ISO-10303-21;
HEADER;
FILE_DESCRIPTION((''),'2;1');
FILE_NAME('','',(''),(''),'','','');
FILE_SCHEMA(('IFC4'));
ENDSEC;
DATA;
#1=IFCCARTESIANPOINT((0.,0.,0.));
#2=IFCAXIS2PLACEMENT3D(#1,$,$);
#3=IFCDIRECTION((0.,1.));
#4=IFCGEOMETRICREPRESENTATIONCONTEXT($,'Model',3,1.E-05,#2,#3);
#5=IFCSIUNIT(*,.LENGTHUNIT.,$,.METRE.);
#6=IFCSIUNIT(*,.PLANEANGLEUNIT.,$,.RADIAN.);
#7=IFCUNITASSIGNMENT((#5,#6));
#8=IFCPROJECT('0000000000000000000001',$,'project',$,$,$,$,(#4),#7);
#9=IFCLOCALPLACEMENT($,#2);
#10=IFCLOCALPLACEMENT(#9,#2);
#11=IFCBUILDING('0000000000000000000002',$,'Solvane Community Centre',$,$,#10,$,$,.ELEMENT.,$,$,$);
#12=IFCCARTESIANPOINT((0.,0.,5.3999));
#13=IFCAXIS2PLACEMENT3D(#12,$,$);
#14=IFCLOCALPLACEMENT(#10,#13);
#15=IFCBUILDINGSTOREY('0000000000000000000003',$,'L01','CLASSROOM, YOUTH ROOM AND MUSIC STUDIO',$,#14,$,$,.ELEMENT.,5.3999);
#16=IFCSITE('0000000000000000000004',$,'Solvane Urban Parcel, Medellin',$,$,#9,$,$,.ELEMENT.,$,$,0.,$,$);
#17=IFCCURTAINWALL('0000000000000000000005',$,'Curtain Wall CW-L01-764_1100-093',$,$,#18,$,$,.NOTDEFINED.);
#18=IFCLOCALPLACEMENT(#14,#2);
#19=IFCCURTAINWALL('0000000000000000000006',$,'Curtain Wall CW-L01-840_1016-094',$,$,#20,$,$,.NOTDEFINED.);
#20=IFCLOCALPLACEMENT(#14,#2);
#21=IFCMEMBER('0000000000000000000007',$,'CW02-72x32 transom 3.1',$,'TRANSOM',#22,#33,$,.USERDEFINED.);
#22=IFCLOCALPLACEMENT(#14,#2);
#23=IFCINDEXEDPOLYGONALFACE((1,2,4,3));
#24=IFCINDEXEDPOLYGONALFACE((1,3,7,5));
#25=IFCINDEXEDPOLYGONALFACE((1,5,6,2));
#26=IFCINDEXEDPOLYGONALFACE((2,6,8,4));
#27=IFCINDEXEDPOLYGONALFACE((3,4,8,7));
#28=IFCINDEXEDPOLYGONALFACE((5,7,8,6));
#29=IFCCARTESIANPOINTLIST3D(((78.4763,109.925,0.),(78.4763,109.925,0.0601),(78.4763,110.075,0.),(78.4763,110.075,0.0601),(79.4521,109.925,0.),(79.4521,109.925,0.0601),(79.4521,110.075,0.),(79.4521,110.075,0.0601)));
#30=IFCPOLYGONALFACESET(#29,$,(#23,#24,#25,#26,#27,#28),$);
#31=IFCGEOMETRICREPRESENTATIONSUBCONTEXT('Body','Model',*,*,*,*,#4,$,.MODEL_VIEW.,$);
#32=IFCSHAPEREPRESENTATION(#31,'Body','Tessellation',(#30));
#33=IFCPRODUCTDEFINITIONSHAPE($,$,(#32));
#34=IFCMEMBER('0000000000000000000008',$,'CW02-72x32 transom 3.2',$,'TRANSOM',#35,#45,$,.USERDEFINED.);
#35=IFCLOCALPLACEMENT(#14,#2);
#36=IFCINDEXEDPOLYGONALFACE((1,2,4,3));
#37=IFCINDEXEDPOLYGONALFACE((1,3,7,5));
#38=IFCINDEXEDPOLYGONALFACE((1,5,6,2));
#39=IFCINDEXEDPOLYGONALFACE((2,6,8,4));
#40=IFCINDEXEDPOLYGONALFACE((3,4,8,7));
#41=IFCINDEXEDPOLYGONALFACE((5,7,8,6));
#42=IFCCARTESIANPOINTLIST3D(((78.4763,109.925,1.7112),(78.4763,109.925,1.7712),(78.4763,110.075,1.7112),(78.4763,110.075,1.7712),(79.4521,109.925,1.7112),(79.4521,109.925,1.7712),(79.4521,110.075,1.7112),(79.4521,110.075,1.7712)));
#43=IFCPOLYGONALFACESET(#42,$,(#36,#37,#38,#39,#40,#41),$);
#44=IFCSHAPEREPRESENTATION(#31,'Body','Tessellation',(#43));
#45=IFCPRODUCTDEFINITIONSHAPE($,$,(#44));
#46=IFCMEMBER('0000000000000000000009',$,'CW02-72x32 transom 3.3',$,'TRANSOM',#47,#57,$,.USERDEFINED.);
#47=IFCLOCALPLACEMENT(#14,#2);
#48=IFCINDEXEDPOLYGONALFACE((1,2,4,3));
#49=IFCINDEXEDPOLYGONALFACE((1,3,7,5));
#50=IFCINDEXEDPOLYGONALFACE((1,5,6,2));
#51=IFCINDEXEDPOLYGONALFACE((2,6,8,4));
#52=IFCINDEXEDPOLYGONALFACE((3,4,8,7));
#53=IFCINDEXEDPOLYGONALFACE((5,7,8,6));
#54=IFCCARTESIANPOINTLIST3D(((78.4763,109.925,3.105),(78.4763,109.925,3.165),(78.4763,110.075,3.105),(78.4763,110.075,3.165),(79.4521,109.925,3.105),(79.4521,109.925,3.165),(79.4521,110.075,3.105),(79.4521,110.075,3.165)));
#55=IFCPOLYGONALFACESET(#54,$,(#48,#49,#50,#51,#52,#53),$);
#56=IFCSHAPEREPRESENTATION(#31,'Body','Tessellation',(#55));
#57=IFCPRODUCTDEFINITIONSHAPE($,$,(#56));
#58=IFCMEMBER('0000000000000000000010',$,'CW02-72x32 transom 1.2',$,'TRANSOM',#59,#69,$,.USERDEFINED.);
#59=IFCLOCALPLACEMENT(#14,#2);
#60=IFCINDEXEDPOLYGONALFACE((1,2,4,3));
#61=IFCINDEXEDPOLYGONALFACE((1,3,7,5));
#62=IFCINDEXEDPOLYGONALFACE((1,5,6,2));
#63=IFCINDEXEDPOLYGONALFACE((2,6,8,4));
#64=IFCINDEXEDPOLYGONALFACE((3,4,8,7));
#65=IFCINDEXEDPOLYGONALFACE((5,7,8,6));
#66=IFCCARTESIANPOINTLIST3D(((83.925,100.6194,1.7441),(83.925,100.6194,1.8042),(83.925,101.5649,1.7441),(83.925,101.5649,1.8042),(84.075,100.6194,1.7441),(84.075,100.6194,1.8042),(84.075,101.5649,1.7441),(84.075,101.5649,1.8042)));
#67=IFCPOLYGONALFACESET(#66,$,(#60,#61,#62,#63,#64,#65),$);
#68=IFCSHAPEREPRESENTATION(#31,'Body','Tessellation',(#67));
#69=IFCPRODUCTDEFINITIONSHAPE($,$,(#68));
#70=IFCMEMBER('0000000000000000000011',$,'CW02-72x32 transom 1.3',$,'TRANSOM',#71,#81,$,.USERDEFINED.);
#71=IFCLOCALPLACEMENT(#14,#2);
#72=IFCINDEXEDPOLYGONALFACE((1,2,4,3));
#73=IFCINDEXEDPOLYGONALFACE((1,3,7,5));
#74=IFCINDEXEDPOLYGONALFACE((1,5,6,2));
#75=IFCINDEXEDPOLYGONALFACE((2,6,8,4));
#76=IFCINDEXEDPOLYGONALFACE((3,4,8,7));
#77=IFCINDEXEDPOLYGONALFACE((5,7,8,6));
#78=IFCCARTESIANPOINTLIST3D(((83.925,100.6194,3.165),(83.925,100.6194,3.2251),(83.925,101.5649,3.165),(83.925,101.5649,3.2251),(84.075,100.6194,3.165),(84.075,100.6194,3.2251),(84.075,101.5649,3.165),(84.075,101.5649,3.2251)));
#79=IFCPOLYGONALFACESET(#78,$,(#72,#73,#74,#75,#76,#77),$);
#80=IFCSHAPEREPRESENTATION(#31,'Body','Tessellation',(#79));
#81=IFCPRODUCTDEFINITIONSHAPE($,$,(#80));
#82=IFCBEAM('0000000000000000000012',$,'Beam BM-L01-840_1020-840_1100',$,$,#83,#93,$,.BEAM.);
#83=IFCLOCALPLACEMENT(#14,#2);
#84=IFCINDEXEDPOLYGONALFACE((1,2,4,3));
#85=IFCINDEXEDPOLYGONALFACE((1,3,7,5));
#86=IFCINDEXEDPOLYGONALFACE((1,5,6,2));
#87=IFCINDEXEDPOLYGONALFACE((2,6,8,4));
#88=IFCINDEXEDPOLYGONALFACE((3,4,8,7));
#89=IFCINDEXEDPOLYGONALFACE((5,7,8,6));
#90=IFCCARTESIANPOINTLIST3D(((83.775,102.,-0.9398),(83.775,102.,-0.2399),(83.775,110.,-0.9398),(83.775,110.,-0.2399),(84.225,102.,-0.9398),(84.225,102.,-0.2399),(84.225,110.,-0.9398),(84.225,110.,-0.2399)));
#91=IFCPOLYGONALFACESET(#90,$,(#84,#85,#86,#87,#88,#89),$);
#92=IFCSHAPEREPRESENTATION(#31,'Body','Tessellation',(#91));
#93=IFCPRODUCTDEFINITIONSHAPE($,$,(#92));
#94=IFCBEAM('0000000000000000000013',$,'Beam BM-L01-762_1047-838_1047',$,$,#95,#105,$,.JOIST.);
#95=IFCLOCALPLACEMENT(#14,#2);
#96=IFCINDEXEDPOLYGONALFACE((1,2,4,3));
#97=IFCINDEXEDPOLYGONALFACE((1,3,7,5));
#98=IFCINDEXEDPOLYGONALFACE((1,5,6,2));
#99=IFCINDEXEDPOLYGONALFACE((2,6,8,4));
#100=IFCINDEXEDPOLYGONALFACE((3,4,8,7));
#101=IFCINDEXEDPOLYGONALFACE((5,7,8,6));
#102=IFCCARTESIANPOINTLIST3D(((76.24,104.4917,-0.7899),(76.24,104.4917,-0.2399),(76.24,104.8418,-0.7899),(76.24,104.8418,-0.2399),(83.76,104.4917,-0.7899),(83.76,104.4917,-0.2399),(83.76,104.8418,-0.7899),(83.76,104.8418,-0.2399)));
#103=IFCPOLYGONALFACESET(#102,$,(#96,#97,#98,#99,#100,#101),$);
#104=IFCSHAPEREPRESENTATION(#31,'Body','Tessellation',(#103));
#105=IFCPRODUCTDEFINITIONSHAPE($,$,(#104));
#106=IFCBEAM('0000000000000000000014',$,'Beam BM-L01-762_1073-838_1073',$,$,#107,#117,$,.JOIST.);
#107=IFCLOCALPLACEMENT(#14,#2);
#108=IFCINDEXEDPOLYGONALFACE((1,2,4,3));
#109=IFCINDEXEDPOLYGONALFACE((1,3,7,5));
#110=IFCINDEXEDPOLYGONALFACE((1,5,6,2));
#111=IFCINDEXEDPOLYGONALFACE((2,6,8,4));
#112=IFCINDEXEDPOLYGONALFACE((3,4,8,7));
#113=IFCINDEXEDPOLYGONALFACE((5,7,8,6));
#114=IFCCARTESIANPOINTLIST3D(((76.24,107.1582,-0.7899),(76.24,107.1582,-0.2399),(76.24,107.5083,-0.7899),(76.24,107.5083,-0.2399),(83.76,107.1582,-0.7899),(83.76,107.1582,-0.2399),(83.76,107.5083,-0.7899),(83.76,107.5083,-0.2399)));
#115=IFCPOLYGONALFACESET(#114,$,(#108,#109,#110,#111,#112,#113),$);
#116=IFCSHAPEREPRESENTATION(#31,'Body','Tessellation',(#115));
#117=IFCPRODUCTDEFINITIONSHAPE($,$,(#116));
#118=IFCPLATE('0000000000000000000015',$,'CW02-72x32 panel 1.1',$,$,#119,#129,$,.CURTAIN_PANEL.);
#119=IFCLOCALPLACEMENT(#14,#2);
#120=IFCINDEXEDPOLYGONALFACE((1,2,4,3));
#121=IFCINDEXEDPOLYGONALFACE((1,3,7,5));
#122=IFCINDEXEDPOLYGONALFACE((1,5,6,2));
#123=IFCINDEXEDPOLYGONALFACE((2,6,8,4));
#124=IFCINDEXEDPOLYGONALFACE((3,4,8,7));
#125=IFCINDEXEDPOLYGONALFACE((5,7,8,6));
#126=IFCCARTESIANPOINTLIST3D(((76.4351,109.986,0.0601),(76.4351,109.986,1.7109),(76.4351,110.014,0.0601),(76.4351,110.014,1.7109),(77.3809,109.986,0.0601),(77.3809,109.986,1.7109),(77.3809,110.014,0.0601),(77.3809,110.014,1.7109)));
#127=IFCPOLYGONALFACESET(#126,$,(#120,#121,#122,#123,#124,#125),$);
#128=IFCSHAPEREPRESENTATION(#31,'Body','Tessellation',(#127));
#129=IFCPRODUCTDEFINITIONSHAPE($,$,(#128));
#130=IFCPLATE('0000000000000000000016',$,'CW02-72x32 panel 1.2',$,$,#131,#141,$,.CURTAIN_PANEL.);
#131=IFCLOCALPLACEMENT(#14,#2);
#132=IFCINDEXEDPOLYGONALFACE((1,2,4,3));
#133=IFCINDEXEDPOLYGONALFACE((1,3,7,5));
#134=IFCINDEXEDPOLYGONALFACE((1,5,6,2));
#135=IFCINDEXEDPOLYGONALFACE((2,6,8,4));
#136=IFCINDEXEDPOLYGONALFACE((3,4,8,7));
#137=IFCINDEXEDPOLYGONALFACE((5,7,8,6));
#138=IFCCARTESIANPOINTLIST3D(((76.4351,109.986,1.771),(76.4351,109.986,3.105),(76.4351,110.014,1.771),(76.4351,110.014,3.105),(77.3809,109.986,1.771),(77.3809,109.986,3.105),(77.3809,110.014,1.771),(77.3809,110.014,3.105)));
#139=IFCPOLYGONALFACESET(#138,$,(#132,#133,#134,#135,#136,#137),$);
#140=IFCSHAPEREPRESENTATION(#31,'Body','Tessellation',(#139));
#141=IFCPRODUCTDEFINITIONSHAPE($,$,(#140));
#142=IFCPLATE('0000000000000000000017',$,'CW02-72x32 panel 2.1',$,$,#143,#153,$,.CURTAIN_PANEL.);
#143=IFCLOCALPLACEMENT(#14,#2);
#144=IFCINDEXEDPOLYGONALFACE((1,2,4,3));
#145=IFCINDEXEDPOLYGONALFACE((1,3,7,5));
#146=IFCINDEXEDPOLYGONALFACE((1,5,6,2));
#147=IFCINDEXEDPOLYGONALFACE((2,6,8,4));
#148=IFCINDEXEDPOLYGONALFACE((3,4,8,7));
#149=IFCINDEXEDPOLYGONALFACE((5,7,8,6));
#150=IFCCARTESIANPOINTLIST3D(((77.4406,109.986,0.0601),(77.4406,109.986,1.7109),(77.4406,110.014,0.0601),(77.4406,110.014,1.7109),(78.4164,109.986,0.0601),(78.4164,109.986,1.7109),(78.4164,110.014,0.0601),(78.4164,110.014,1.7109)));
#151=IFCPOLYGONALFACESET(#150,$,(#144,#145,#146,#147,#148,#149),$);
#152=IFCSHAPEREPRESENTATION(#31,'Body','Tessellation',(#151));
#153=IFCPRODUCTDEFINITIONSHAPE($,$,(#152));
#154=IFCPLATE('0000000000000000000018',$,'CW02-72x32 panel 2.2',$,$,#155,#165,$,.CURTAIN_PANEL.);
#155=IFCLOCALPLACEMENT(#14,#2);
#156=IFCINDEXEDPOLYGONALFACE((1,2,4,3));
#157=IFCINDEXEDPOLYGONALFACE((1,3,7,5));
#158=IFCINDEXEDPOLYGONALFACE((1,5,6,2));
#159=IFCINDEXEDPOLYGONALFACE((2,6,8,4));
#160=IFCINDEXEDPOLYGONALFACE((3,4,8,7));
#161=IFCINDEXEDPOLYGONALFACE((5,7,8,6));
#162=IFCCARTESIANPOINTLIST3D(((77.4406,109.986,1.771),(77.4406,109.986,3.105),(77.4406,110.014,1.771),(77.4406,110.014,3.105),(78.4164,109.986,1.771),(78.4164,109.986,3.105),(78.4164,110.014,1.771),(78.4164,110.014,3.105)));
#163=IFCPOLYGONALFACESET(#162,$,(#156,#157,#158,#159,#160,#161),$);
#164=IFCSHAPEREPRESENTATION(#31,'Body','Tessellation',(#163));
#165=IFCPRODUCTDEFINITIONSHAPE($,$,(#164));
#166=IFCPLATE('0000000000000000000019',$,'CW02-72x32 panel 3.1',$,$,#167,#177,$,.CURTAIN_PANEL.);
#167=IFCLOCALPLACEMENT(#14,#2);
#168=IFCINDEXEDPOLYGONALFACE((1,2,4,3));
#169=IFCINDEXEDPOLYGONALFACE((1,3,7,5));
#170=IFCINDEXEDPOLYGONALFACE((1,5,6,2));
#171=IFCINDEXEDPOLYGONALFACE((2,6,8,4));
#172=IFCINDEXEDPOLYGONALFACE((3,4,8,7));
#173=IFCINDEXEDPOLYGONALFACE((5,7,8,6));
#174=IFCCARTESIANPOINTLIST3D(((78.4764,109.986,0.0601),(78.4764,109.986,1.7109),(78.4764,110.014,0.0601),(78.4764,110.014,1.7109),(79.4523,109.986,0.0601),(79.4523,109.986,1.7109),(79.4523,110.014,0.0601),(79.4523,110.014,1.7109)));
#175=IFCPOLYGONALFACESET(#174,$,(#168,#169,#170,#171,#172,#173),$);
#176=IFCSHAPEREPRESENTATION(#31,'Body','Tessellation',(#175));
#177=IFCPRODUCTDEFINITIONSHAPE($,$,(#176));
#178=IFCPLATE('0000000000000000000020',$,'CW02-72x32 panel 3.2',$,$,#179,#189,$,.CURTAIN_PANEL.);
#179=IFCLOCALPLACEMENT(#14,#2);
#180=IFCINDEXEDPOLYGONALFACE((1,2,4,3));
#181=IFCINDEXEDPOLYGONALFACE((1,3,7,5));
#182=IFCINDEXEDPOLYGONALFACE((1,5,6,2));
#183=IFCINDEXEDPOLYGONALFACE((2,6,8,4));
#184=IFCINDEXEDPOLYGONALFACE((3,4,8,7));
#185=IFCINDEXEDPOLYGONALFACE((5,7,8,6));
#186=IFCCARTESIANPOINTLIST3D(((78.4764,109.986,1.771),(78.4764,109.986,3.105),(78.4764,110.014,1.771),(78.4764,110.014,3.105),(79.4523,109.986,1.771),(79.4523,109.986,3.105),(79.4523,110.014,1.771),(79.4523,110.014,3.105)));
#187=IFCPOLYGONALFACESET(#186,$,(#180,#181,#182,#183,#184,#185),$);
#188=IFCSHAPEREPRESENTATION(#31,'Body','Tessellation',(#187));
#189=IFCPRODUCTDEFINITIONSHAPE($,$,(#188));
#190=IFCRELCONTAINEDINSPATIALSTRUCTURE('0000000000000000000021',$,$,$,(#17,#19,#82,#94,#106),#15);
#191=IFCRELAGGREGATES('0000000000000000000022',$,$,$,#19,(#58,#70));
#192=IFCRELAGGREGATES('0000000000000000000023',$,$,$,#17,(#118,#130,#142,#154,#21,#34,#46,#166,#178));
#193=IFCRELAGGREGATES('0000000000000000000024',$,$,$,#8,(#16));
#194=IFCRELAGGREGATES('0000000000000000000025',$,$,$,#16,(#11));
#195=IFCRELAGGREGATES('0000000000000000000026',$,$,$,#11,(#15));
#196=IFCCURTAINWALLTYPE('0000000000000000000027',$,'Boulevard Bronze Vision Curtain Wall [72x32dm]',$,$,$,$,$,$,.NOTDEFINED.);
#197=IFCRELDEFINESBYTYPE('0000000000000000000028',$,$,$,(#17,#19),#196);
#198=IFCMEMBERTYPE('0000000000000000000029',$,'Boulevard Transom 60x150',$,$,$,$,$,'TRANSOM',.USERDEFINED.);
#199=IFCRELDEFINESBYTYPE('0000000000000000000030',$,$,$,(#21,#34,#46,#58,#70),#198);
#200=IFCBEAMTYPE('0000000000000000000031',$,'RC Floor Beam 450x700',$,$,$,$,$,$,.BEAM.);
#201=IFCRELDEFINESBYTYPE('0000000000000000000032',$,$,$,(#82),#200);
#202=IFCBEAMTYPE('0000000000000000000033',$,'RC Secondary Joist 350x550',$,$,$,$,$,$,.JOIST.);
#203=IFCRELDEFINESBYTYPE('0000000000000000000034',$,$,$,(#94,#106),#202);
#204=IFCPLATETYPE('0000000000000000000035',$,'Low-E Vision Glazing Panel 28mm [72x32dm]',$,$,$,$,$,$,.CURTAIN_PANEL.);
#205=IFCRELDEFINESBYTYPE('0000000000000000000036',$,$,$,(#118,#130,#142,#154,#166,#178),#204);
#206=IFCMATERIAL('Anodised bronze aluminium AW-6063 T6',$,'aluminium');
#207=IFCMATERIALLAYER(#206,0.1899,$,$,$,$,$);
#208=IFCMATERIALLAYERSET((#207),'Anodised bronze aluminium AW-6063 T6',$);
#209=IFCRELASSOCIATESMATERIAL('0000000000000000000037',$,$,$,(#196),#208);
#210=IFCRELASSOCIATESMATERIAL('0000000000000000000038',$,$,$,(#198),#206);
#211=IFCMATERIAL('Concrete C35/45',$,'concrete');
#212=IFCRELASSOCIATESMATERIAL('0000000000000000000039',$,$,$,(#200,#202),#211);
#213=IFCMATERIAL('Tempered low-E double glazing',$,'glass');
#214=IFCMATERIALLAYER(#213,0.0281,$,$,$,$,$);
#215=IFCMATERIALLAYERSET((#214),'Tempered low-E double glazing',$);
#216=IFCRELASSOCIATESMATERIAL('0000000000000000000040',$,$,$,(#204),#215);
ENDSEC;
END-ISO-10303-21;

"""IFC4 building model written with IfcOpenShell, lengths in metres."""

from ifc_helpers import new_model, si_unit, direction, frame, origin, origin_2d, place, context, subcontext, project, spatial, rectangle, extrude, material, layer, layer_set, material_profile, profile_set, type_object, element, aggregate, save


model = new_model("IFC4")

# Units and contexts
model_context = context("Model", 3, precision=1e-05, world=origin(), true_north=direction((0.0, 1.0)))
body_context = subcontext(model_context, "Body", "Model", "MODEL_VIEW")
ifc_project = project(units=[si_unit("LENGTHUNIT", "METRE"), si_unit("PLANEANGLEUNIT", "RADIAN")], contexts=[model_context])

# Site, building, storey
site_placement = place(None, origin())
site = spatial("IfcSite", under=ifc_project, at=site_placement, Name="Solvane Urban Parcel, Medellin", CompositionType="ELEMENT", RefElevation=0.0)
building_placement = place(site_placement, origin())
building = spatial("IfcBuilding", under=site, at=building_placement, Name="Solvane Community Centre", CompositionType="ELEMENT")
storey_placement = place(building_placement, frame((0.0, 0.0, 5.3999)))
storey = spatial("IfcBuildingStorey", under=building, at=storey_placement, Name="L01", Description="CLASSROOM, YOUTH ROOM AND MUSIC STUDIO", CompositionType="ELEMENT", Elevation=5.3999)

# Shared definitions
ifc_material_1 = material(Name="Concrete C35/45", Category="concrete")

# Curtain wall
ifc_material_2 = material(Name="Anodised bronze aluminium AW-6063 T6", Category="aluminium")
ifc_layer_1 = layer(ifc_material_2, 0.1899)
ifc_layer_set_1 = layer_set([ifc_layer_1], Name="Anodised bronze aluminium AW-6063 T6")
curtain_wall_type = type_object("IfcCurtainWallType", Name="Boulevard Bronze Vision Curtain Wall [72x32dm]", PredefinedType="NOTDEFINED", material=ifc_layer_set_1)
curtain_wall_1_placement = place(storey_placement, origin())
curtain_wall_1 = element("IfcCurtainWall", 1, at=curtain_wall_1_placement, inside=storey, type_object=curtain_wall_type, Name="Curtain Wall CW-L01-764_1100-093", PredefinedType="NOTDEFINED")

# Curtain wall
curtain_wall_2_placement = place(storey_placement, origin())
curtain_wall_2 = element("IfcCurtainWall", 2, at=curtain_wall_2_placement, inside=storey, type_object=curtain_wall_type, Name="Curtain Wall CW-L01-840_1016-094", PredefinedType="NOTDEFINED")

# Members
ifc_material_profile_1 = material_profile(ifc_material_2, rectangle(XDim=0.1499, YDim=0.0601, at=origin_2d()), Name="CW-T 60x150")
ifc_profile_set_1 = profile_set([ifc_material_profile_1], Name="Anodised bronze aluminium AW-6063 T6")
member_type_1 = type_object("IfcMemberType", Name="Boulevard Transom 60x150", ElementType="TRANSOM", PredefinedType="USERDEFINED", material=ifc_profile_set_1)
member_1_placement = place(storey_placement, frame((78.4763, 110.0, 0.03), z_axis=(1.0, 0.0, 0.0), x_axis=(0.0, 1.0, 0.0)))
member_1 = element("IfcMember", 3, at=member_1_placement, type_object=member_type_1, Name="CW02-72x32 transom 3.1", ObjectType="TRANSOM", PredefinedType="USERDEFINED", context=body_context, shape_type="SweptSolid", body=[
    extrude(rectangle(XDim=0.1499, YDim=0.0601, at=origin_2d()), origin(), (0.0, 0.0, 1.0), 0.9758),
])
member_2_placement = place(storey_placement, frame((78.4763, 110.0, 1.7412), z_axis=(1.0, 0.0, 0.0), x_axis=(0.0, 1.0, 0.0)))
member_2 = element("IfcMember", 4, at=member_2_placement, type_object=member_type_1, Name="CW02-72x32 transom 3.2", ObjectType="TRANSOM", PredefinedType="USERDEFINED", context=body_context, shape_type="SweptSolid", body=[
    extrude(rectangle(XDim=0.1499, YDim=0.0601, at=origin_2d()), origin(), (0.0, 0.0, 1.0), 0.9758),
])
member_3_placement = place(storey_placement, frame((78.4763, 110.0, 3.135), z_axis=(1.0, 0.0, 0.0), x_axis=(0.0, 1.0, 0.0)))
member_3 = element("IfcMember", 5, at=member_3_placement, type_object=member_type_1, Name="CW02-72x32 transom 3.3", ObjectType="TRANSOM", PredefinedType="USERDEFINED", context=body_context, shape_type="SweptSolid", body=[
    extrude(rectangle(XDim=0.1499, YDim=0.0601, at=origin_2d()), origin(), (0.0, 0.0, 1.0), 0.9758),
])
member_4_placement = place(storey_placement, frame((84.0, 101.5649, 1.7742), z_axis=(0.0, -1.0, 0.0), x_axis=(1.0, 0.0, 0.0)))
member_4 = element("IfcMember", 6, at=member_4_placement, type_object=member_type_1, Name="CW02-72x32 transom 1.2", ObjectType="TRANSOM", PredefinedType="USERDEFINED", context=body_context, shape_type="SweptSolid", body=[
    extrude(rectangle(XDim=0.1499, YDim=0.0601, at=origin_2d()), origin(), (0.0, 0.0, 1.0), 0.9456),
])
member_5_placement = place(storey_placement, frame((84.0, 101.5649, 3.1951), z_axis=(0.0, -1.0, 0.0), x_axis=(1.0, 0.0, 0.0)))
member_5 = element("IfcMember", 7, at=member_5_placement, type_object=member_type_1, Name="CW02-72x32 transom 1.3", ObjectType="TRANSOM", PredefinedType="USERDEFINED", context=body_context, shape_type="SweptSolid", body=[
    extrude(rectangle(XDim=0.1499, YDim=0.0601, at=origin_2d()), origin(), (0.0, 0.0, 1.0), 0.9456),
])
aggregate(curtain_wall_2, [member_4, member_5])

# Beams
ifc_material_profile_2 = material_profile(ifc_material_1, rectangle(XDim=0.45, YDim=0.7, at=origin_2d()), Name="RC 450x700")
ifc_profile_set_2 = profile_set([ifc_material_profile_2], Name="Concrete C35/45")
beam_type_1 = type_object("IfcBeamType", Name="RC Floor Beam 450x700", PredefinedType="BEAM", material=ifc_profile_set_2)
beam_placement = place(storey_placement, frame((84.0, 102.0, -0.5898), z_axis=(0.0, 1.0, 0.0), x_axis=(-1.0, 0.0, 0.0)))
element("IfcBeam", 8, at=beam_placement, inside=storey, type_object=beam_type_1, Name="Beam BM-L01-840_1020-840_1100", PredefinedType="BEAM", context=body_context, shape_type="SweptSolid", body=[
    extrude(rectangle(XDim=0.45, YDim=0.7, at=origin_2d()), origin(), (0.0, 0.0, 1.0), 8.0),
])
ifc_material_profile_3 = material_profile(ifc_material_1, rectangle(XDim=0.3501, YDim=0.55, at=origin_2d()), Name="RC 350x550")
ifc_profile_set_3 = profile_set([ifc_material_profile_3], Name="Concrete C35/45")
beam_type_2 = type_object("IfcBeamType", Name="RC Secondary Joist 350x550", PredefinedType="JOIST", material=ifc_profile_set_3)
for number, where, z_axis, x_axis, name in (
    (9, (76.24, 104.6667, -0.5149), (1.0, 0.0, 0.0), (0.0, 1.0, 0.0), "Beam BM-L01-762_1047-838_1047"),
    (10, (76.24, 107.3333, -0.5149), (1.0, 0.0, 0.0), (0.0, 1.0, 0.0), "Beam BM-L01-762_1073-838_1073"),
):
    element("IfcBeam", number, at=place(storey_placement, frame(where, z_axis=z_axis, x_axis=x_axis)), inside=storey, type_object=beam_type_2, Name=name, PredefinedType="JOIST", context=body_context, shape_type="SweptSolid", body=[
        extrude(rectangle(XDim=0.3501, YDim=0.55, at=origin_2d()), origin(), (0.0, 0.0, 1.0), 7.52),
    ])

# Plates
ifc_material_3 = material(Name="Tempered low-E double glazing", Category="glass")
ifc_layer_2 = layer(ifc_material_3, 0.0281)
ifc_layer_set_2 = layer_set([ifc_layer_2], Name="Tempered low-E double glazing")
plate_type = type_object("IfcPlateType", Name="Low-E Vision Glazing Panel 28mm [72x32dm]", PredefinedType="CURTAIN_PANEL", material=ifc_layer_set_2)
plate_1_placement = place(storey_placement, frame((76.908, 110.0, 0.0601), z_axis=(0.0, 0.0, 1.0), x_axis=(1.0, 0.0, 0.0)))
plate_1 = element("IfcPlate", 11, at=plate_1_placement, type_object=plate_type, Name="CW02-72x32 panel 1.1", PredefinedType="CURTAIN_PANEL", context=body_context, shape_type="SweptSolid", body=[
    extrude(rectangle(XDim=0.9458, YDim=0.0281, at=origin_2d()), origin(), (0.0, 0.0, 1.0), 1.6509),
])
plate_2_placement = place(storey_placement, frame((76.908, 110.0, 1.771), z_axis=(0.0, 0.0, 1.0), x_axis=(1.0, 0.0, 0.0)))
plate_2 = element("IfcPlate", 12, at=plate_2_placement, type_object=plate_type, Name="CW02-72x32 panel 1.2", PredefinedType="CURTAIN_PANEL", context=body_context, shape_type="SweptSolid", body=[
    extrude(rectangle(XDim=0.9458, YDim=0.0281, at=origin_2d()), origin(), (0.0, 0.0, 1.0), 1.334),
])
plate_3_placement = place(storey_placement, frame((77.9285, 110.0, 0.0601), z_axis=(0.0, 0.0, 1.0), x_axis=(1.0, 0.0, 0.0)))
plate_3 = element("IfcPlate", 13, at=plate_3_placement, type_object=plate_type, Name="CW02-72x32 panel 2.1", PredefinedType="CURTAIN_PANEL", context=body_context, shape_type="SweptSolid", body=[
    extrude(rectangle(XDim=0.9758, YDim=0.0281, at=origin_2d()), origin(), (0.0, 0.0, 1.0), 1.6509),
])
plate_4_placement = place(storey_placement, frame((77.9285, 110.0, 1.771), z_axis=(0.0, 0.0, 1.0), x_axis=(1.0, 0.0, 0.0)))
plate_4 = element("IfcPlate", 14, at=plate_4_placement, type_object=plate_type, Name="CW02-72x32 panel 2.2", PredefinedType="CURTAIN_PANEL", context=body_context, shape_type="SweptSolid", body=[
    extrude(rectangle(XDim=0.9758, YDim=0.0281, at=origin_2d()), origin(), (0.0, 0.0, 1.0), 1.334),
])
plate_5_placement = place(storey_placement, frame((78.9644, 110.0, 0.0601), z_axis=(0.0, 0.0, 1.0), x_axis=(1.0, 0.0, 0.0)))
plate_5 = element("IfcPlate", 15, at=plate_5_placement, type_object=plate_type, Name="CW02-72x32 panel 3.1", PredefinedType="CURTAIN_PANEL", context=body_context, shape_type="SweptSolid", body=[
    extrude(rectangle(XDim=0.9758, YDim=0.0281, at=origin_2d()), origin(), (0.0, 0.0, 1.0), 1.6509),
])
plate_6_placement = place(storey_placement, frame((78.9644, 110.0, 1.771), z_axis=(0.0, 0.0, 1.0), x_axis=(1.0, 0.0, 0.0)))
plate_6 = element("IfcPlate", 16, at=plate_6_placement, type_object=plate_type, Name="CW02-72x32 panel 3.2", PredefinedType="CURTAIN_PANEL", context=body_context, shape_type="SweptSolid", body=[
    extrude(rectangle(XDim=0.9758, YDim=0.0281, at=origin_2d()), origin(), (0.0, 0.0, 1.0), 1.334),
])
aggregate(curtain_wall_1, [plate_1, plate_2, plate_3, plate_4, member_1, member_2, member_3, plate_5, plate_6])

save(model, "model.ifc")
